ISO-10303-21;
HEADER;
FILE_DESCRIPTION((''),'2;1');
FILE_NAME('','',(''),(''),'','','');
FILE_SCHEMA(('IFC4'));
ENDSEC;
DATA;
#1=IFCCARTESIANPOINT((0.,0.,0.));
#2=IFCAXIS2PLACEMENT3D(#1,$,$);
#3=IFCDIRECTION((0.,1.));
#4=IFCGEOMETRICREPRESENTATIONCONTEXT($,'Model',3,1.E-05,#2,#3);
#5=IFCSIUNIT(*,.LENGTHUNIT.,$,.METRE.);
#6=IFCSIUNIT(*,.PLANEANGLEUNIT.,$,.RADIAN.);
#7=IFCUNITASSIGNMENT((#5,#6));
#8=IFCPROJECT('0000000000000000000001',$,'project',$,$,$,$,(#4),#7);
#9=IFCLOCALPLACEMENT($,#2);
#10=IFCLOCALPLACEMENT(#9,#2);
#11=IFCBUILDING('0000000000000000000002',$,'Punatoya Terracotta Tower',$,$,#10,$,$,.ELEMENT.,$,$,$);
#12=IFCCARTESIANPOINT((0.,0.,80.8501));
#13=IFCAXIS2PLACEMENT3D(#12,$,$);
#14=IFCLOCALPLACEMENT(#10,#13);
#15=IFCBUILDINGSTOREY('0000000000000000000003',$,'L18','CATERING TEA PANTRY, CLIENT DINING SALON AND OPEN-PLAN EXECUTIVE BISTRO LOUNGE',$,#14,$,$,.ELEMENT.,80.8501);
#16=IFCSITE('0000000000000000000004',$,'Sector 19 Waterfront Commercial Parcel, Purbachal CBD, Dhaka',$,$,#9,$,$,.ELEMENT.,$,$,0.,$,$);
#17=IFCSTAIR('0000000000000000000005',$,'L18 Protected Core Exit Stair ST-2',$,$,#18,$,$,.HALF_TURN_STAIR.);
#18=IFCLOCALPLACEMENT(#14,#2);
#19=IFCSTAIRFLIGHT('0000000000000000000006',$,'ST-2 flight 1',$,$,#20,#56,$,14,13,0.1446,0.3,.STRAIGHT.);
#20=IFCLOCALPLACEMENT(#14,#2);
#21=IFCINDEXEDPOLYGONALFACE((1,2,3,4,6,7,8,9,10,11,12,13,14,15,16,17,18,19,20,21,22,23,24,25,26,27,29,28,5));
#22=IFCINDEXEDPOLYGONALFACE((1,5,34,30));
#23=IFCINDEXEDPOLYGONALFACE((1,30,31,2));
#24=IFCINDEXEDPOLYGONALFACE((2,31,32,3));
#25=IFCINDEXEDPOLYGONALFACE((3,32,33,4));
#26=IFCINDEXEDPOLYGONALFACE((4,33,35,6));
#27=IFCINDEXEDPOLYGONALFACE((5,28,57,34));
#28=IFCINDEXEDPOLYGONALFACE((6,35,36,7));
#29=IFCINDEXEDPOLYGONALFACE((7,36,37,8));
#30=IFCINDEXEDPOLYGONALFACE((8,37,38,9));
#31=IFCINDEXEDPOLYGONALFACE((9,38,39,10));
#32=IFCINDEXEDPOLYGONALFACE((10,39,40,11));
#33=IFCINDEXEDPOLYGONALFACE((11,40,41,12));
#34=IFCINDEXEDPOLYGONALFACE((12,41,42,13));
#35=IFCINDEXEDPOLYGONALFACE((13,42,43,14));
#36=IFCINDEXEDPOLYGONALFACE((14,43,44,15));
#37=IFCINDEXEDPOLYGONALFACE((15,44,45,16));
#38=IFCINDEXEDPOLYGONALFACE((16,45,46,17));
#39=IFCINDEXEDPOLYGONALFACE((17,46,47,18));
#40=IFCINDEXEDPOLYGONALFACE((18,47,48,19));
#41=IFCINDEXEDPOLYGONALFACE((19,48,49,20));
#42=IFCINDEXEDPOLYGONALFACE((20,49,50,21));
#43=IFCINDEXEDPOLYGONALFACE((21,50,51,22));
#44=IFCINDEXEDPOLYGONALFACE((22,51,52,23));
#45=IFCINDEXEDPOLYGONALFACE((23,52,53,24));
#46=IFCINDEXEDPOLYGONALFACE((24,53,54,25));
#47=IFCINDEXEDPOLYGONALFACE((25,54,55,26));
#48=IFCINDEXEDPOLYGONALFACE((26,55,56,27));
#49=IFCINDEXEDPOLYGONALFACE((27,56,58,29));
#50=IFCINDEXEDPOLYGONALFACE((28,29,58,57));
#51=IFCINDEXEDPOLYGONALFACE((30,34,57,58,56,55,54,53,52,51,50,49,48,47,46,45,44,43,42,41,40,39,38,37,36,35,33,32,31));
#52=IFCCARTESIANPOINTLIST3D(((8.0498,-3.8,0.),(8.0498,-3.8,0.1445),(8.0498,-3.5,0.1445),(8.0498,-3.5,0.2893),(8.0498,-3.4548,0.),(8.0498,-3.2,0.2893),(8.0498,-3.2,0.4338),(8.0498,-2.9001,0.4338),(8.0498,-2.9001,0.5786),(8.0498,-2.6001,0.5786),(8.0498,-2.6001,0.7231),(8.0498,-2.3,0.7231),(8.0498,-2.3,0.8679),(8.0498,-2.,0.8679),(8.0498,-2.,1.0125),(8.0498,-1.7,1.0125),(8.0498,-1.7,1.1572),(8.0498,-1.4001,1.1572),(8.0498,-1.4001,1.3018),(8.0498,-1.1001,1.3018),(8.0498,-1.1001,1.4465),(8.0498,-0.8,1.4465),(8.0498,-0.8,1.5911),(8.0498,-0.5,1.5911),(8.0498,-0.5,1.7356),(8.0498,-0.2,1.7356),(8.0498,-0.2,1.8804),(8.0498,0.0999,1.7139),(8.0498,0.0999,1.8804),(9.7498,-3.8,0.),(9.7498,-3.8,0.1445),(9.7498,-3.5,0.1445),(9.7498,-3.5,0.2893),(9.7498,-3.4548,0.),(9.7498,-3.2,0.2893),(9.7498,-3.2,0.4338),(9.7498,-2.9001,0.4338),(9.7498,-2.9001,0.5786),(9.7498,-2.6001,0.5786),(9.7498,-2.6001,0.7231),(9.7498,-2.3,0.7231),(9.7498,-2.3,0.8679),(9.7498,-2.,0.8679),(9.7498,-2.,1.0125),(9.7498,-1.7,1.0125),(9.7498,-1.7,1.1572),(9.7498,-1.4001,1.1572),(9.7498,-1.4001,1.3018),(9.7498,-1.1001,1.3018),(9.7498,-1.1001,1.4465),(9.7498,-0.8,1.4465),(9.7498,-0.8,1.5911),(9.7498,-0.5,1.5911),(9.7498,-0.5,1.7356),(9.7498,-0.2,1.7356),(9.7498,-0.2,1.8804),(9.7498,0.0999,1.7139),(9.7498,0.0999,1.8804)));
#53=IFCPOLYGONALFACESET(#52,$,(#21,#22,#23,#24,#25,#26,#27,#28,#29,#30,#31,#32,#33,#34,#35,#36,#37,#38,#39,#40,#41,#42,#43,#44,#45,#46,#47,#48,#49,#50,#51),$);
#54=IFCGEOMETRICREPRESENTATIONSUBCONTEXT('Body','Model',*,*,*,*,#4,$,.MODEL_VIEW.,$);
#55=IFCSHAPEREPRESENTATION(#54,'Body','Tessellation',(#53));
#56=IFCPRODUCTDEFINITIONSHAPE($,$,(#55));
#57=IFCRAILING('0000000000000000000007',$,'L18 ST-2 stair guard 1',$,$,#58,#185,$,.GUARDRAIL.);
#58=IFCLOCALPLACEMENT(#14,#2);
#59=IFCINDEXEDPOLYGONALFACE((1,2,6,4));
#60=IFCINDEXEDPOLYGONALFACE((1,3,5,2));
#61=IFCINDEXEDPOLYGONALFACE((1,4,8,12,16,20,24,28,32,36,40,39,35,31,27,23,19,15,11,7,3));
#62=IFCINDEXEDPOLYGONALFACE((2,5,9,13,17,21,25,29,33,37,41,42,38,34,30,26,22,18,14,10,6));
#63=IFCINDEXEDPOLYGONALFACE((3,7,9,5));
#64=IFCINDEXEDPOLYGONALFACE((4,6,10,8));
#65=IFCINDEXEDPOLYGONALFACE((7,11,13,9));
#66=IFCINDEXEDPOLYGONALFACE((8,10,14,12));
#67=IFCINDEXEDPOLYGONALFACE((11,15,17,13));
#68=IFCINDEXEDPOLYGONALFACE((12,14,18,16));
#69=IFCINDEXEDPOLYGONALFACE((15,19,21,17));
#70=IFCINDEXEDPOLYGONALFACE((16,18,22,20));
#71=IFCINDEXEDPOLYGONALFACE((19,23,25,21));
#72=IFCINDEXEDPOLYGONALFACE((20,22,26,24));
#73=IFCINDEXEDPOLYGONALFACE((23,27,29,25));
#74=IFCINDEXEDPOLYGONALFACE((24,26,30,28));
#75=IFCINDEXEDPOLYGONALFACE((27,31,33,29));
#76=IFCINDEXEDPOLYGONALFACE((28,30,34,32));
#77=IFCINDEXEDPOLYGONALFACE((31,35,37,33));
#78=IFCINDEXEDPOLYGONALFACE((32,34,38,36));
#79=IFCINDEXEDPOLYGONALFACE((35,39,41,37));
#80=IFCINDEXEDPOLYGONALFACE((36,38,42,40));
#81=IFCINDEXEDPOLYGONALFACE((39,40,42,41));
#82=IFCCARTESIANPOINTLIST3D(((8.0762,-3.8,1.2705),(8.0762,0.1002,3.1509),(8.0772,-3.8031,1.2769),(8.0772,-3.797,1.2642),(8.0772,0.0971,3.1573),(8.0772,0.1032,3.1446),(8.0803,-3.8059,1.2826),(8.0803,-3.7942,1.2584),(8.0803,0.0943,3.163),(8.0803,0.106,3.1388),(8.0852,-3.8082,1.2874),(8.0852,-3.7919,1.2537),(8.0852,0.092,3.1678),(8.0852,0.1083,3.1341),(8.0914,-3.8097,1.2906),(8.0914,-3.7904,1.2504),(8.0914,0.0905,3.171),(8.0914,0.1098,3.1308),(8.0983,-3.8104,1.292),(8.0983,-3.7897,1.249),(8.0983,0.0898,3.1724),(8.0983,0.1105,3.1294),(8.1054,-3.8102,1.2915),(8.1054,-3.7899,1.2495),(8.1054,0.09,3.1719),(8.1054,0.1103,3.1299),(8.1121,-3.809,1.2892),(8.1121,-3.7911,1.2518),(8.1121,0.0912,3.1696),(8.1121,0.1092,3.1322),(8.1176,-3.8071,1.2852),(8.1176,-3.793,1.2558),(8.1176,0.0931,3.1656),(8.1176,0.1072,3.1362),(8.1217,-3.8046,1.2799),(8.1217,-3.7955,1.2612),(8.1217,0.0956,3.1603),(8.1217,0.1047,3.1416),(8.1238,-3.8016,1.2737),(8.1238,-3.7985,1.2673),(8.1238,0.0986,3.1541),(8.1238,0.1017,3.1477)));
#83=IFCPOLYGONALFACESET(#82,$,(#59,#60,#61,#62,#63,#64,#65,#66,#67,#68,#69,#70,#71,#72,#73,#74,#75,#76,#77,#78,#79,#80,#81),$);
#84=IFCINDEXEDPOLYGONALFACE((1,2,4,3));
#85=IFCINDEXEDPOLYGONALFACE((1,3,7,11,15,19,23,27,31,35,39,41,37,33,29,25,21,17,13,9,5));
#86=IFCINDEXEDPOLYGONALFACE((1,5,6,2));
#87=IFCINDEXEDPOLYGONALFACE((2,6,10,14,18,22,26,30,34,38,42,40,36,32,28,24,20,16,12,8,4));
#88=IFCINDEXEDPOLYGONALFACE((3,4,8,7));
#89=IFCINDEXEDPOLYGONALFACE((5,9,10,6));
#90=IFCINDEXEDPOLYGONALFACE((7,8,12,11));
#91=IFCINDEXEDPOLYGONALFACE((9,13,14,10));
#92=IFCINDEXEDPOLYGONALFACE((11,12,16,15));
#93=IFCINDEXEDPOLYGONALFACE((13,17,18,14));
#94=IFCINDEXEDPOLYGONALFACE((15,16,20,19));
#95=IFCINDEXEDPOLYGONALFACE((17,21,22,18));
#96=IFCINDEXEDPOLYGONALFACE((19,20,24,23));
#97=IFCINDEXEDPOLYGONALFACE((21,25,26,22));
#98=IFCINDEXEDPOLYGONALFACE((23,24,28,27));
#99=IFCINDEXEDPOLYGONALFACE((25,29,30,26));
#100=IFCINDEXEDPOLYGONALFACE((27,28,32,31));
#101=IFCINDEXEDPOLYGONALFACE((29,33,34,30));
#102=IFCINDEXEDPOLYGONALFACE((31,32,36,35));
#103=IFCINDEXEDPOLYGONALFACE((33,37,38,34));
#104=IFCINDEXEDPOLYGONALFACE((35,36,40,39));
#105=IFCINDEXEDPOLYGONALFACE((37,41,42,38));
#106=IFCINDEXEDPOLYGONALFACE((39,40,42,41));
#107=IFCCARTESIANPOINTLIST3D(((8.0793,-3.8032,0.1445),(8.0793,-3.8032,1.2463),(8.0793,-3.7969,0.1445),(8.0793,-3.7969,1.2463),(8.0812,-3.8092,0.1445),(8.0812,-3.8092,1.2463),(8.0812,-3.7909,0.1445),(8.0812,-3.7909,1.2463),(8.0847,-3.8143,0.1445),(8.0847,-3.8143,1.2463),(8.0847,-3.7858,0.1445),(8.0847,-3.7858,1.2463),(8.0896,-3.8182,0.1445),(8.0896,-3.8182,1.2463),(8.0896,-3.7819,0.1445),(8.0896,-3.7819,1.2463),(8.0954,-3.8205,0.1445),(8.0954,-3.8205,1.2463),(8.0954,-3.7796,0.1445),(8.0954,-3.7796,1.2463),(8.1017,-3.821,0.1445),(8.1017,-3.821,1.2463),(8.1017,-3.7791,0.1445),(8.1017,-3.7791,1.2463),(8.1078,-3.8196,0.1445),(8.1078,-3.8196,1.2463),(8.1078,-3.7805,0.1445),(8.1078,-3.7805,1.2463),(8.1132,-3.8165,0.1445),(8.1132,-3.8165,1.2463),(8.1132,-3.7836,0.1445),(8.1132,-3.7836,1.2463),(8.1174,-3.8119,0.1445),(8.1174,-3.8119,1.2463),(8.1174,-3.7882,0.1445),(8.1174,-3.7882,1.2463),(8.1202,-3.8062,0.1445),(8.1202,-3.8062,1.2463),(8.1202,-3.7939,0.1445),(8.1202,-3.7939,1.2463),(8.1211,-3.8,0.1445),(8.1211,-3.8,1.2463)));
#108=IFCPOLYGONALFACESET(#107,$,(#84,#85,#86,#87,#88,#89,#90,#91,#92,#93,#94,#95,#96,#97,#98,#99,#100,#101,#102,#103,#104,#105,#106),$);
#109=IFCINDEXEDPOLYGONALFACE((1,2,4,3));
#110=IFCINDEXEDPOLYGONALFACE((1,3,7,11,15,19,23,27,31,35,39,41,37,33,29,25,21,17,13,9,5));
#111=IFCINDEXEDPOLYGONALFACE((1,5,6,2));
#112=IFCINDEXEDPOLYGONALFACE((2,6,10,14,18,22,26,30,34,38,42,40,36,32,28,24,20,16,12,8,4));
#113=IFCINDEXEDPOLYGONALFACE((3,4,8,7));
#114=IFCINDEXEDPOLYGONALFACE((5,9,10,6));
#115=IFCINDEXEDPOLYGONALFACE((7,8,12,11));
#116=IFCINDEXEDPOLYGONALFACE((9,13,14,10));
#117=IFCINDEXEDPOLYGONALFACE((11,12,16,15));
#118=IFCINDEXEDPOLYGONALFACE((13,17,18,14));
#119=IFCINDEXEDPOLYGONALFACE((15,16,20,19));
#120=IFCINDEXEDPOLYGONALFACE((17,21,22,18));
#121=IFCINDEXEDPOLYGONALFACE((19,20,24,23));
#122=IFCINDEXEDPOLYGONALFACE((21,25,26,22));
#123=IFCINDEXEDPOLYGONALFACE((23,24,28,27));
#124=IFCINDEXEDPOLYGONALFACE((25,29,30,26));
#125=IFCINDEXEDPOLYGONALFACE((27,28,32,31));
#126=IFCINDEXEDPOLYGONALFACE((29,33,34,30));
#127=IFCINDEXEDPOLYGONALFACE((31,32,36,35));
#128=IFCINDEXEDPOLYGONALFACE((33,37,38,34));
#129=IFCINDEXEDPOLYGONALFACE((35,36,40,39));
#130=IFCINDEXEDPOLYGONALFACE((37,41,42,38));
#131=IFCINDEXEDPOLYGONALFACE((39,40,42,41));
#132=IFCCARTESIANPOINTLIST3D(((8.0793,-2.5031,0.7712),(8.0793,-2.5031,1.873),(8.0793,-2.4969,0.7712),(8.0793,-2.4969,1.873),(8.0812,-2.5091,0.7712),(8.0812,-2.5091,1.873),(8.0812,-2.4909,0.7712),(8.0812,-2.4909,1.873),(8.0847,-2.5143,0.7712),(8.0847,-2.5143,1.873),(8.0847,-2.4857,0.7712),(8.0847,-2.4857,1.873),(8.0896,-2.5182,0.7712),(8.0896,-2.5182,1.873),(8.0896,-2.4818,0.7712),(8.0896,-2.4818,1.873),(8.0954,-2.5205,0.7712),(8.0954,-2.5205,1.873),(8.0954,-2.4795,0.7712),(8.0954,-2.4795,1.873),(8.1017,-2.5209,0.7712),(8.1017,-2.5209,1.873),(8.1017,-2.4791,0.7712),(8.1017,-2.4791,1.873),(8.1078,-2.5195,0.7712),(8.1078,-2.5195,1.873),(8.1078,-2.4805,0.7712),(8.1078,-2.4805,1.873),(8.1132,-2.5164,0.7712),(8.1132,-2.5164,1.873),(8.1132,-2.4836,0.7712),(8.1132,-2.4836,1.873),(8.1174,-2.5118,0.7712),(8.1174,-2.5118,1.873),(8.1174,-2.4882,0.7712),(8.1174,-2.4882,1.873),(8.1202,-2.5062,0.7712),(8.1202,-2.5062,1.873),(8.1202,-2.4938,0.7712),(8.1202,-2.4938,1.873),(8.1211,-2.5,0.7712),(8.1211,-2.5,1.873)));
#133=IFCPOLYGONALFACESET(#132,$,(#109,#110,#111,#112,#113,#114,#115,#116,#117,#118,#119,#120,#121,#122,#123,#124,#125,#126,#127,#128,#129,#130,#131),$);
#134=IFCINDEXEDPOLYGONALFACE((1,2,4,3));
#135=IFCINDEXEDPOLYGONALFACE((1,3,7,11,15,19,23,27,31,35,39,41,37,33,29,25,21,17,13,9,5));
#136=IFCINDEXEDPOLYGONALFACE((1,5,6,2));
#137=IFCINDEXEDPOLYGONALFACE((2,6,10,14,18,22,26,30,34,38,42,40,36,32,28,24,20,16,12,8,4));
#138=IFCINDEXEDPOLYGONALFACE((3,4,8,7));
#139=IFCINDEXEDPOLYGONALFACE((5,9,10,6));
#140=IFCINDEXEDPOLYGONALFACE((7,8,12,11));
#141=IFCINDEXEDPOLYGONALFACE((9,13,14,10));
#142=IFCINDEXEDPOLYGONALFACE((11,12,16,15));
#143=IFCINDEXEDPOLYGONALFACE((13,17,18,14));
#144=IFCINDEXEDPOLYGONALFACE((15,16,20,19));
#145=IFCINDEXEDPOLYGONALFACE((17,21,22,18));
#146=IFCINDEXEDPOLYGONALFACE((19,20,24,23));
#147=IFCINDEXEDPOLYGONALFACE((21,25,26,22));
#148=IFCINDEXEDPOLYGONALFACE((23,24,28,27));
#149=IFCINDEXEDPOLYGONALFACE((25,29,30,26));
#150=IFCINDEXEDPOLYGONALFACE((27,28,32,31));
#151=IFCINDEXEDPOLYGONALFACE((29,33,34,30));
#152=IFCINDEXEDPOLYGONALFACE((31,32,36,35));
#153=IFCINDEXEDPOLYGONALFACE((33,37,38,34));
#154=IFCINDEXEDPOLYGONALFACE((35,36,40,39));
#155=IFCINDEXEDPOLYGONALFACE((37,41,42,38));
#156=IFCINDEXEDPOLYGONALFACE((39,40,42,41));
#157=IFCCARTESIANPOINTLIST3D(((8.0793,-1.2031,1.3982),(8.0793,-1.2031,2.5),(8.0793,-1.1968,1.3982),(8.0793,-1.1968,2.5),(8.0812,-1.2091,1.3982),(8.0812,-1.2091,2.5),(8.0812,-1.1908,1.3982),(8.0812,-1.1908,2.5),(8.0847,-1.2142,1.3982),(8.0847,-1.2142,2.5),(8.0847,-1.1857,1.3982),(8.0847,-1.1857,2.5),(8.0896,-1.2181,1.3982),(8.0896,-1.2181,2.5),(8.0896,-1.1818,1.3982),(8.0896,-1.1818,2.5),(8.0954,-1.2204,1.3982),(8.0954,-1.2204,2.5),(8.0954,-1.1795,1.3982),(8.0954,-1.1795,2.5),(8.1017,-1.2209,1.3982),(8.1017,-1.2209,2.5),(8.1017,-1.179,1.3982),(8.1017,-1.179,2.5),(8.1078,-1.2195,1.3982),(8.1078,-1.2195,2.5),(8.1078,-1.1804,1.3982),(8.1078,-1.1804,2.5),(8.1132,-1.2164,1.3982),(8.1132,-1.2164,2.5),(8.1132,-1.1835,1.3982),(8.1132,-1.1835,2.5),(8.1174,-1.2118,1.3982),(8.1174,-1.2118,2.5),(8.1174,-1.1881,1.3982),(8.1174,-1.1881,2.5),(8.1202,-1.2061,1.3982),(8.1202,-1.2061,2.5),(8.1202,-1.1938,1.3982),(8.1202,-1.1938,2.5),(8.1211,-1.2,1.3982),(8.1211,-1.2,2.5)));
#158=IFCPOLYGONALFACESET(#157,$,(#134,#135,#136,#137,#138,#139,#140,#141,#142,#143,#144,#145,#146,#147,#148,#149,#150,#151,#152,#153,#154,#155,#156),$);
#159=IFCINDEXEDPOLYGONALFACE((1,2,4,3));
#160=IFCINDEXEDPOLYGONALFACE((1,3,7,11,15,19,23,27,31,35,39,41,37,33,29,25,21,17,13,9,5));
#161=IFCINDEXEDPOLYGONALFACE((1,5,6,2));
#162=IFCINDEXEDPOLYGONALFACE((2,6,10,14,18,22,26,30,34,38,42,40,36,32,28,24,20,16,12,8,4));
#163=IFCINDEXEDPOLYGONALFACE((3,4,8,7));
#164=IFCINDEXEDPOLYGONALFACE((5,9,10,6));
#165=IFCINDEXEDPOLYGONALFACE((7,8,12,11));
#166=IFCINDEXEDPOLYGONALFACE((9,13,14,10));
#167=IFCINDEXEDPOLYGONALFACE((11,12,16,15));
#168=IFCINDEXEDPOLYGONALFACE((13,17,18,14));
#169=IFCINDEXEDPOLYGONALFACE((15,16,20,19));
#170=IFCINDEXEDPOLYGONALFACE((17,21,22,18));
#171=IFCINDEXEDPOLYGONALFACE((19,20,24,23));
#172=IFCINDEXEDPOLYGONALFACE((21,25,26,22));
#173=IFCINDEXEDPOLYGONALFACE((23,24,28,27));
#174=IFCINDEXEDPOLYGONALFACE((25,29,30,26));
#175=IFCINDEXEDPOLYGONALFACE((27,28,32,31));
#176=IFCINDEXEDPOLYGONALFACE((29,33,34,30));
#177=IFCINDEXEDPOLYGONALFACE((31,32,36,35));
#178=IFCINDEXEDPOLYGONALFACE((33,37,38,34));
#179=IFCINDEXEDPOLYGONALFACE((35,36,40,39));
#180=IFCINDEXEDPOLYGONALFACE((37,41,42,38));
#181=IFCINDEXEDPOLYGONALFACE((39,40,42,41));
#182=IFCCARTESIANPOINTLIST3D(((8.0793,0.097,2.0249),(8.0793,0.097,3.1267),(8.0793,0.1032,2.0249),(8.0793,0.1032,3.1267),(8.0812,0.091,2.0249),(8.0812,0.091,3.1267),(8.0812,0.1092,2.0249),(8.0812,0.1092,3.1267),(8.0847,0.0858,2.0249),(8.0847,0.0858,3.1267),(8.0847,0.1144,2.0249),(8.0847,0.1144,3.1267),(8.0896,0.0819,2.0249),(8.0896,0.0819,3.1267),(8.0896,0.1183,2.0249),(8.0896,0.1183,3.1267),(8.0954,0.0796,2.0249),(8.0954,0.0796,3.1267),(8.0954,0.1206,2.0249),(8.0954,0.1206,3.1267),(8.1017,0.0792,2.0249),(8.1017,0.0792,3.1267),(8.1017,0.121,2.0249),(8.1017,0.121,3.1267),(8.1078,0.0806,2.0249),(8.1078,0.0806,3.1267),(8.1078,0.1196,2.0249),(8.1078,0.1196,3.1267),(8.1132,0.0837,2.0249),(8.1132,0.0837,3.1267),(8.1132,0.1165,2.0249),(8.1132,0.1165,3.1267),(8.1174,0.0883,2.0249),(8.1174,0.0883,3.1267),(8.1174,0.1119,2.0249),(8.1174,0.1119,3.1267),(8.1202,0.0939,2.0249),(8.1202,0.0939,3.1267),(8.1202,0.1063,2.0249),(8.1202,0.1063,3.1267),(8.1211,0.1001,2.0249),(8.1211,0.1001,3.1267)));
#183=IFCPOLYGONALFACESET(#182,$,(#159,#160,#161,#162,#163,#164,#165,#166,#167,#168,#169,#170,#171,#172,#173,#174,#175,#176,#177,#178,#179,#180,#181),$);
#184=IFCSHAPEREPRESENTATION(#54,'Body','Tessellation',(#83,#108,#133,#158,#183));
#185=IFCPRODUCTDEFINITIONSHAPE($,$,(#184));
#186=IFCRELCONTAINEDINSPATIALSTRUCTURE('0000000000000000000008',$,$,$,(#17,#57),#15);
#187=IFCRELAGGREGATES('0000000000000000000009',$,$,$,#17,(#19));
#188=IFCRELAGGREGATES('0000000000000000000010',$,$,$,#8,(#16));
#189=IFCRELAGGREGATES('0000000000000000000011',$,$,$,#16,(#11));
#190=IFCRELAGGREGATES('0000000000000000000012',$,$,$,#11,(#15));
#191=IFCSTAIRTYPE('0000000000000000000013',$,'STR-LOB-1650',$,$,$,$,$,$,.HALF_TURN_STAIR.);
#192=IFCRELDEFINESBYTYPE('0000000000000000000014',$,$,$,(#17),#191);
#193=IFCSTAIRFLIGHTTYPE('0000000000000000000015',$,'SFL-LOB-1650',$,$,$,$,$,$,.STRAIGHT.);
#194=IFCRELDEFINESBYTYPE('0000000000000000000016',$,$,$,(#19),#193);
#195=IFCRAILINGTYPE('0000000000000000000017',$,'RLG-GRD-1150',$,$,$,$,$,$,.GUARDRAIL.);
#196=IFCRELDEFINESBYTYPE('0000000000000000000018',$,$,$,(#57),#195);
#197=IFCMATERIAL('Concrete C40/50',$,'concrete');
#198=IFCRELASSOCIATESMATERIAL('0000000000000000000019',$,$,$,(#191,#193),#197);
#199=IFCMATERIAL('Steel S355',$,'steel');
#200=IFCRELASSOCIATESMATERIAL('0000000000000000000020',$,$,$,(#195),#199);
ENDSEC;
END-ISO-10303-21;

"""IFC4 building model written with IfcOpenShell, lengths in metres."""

from ifc_helpers import new_model, si_unit, direction, frame, origin, origin_2d, place, context, subcontext, project, spatial, polyline, circle, outline, extrude, material, type_object, element, aggregate, save


model = new_model("IFC4")

# Units and contexts
model_context = context("Model", 3, precision=1e-05, world=origin(), true_north=direction((0.0, 1.0)))
body_context = subcontext(model_context, "Body", "Model", "MODEL_VIEW")
ifc_project = project(units=[si_unit("LENGTHUNIT", "METRE"), si_unit("PLANEANGLEUNIT", "RADIAN")], contexts=[model_context])

# Site, building, storey
site_placement = place(None, origin())
site = spatial("IfcSite", under=ifc_project, at=site_placement, Name="Sector 19 Waterfront Commercial Parcel, Purbachal CBD, Dhaka", CompositionType="ELEMENT", RefElevation=0.0)
building_placement = place(site_placement, origin())
building = spatial("IfcBuilding", under=site, at=building_placement, Name="Punatoya Terracotta Tower", CompositionType="ELEMENT")
storey_placement = place(building_placement, frame((0.0, 0.0, 80.8501)))
storey = spatial("IfcBuildingStorey", under=building, at=storey_placement, Name="L18", Description="CATERING TEA PANTRY, CLIENT DINING SALON AND OPEN-PLAN EXECUTIVE BISTRO LOUNGE", CompositionType="ELEMENT", Elevation=80.8501)

# Shared definitions
ifc_material_1 = material(Name="Steel S355", Category="steel")

# Shared definitions
ifc_material_2 = material(Name="Concrete C40/50", Category="concrete")

# Stair, stair flight
stair_type = type_object("IfcStairType", Name="STR-LOB-1650", PredefinedType="HALF_TURN_STAIR", material=ifc_material_2)
stair_placement = place(storey_placement, origin())
stair = element("IfcStair", 1, at=stair_placement, inside=storey, type_object=stair_type, Name="L18 Protected Core Exit Stair ST-2", PredefinedType="HALF_TURN_STAIR")
stair_flight_type = type_object("IfcStairFlightType", Name="SFL-LOB-1650", PredefinedType="STRAIGHT", material=ifc_material_2)
stair_flight_placement = place(storey_placement, frame((8.8999, -3.8, 0.0), z_axis=(0.0, 0.0, 1.0), x_axis=(0.0, 1.0, 0.0)))
stair_flight = element("IfcStairFlight", 2, at=stair_flight_placement, type_object=stair_flight_type, Name="ST-2 flight 1", NumberOfRisers=14, NumberOfTreads=13, PredefinedType="STRAIGHT", RiserHeight=0.1446, TreadLength=0.3, context=body_context, shape_type="SweptSolid", body=[
    extrude(outline(polyline([(0.0, 0.0), (0.0, 0.1445), (0.3, 0.1445), (0.3, 0.2893), (0.6001, 0.2893), (0.6001, 0.4338), (0.8999, 0.4338), (0.8999, 0.5786), (1.2, 0.5786), (1.2, 0.7231), (1.5, 0.7231), (1.5, 0.8679), (1.8, 0.8679), (1.8, 1.0125), (2.1001, 1.0125), (2.1001, 1.1572), (2.3999, 1.1572), (2.3999, 1.3018), (2.7, 1.3018), (2.7, 1.4465), (3.0, 1.4465), (3.0, 1.5911), (3.3, 1.5911), (3.3, 1.7356), (3.6001, 1.7356), (3.6001, 1.8804), (3.8999, 1.8804), (3.8999, 2.0249), (3.8999, 1.7139), (0.3452, 0.0), (0.0, 0.0)])), frame((0.0, 0.8501, 0.0), z_axis=(0.0, -1.0, 0.0), x_axis=(1.0, 0.0, 0.0)), (0.0, 0.0, 1.0), 1.7),
])
aggregate(stair, [stair_flight])

# Railing
railing_type_1 = type_object("IfcRailingType", Name="RLG-GRD-1150", PredefinedType="GUARDRAIL", material=ifc_material_1)
railing_1_placement = place(storey_placement, frame((8.1001, -3.8, 0.1445)))
element("IfcRailing", 3, at=railing_1_placement, inside=storey, type_object=railing_type_1, Name="L18 ST-2 stair guard 1", PredefinedType="GUARDRAIL", context=body_context, shape_type="SweptSolid", body=[
    extrude(circle(Radius=0.0239, at=origin_2d()), frame((0.0, 0.0, 1.126), z_axis=(0.0, 0.900774, 0.434289), x_axis=(-1.0, 0.0, 0.0)), (0.0, 0.0, 1.0), 4.3298),
    extrude(circle(Radius=0.021, at=origin_2d()), origin(), (0.0, 0.0, 1.0), 1.1018),
    extrude(circle(Radius=0.021, at=origin_2d()), frame((0.0, 1.3, 0.6267)), (0.0, 0.0, 1.0), 1.1018),
    extrude(circle(Radius=0.021, at=origin_2d()), frame((0.0, 2.6001, 1.2537)), (0.0, 0.0, 1.0), 1.1018),
    extrude(circle(Radius=0.021, at=origin_2d()), frame((0.0, 3.9001, 1.8804)), (0.0, 0.0, 1.0), 1.1018),
])

save(model, "model.ifc")
